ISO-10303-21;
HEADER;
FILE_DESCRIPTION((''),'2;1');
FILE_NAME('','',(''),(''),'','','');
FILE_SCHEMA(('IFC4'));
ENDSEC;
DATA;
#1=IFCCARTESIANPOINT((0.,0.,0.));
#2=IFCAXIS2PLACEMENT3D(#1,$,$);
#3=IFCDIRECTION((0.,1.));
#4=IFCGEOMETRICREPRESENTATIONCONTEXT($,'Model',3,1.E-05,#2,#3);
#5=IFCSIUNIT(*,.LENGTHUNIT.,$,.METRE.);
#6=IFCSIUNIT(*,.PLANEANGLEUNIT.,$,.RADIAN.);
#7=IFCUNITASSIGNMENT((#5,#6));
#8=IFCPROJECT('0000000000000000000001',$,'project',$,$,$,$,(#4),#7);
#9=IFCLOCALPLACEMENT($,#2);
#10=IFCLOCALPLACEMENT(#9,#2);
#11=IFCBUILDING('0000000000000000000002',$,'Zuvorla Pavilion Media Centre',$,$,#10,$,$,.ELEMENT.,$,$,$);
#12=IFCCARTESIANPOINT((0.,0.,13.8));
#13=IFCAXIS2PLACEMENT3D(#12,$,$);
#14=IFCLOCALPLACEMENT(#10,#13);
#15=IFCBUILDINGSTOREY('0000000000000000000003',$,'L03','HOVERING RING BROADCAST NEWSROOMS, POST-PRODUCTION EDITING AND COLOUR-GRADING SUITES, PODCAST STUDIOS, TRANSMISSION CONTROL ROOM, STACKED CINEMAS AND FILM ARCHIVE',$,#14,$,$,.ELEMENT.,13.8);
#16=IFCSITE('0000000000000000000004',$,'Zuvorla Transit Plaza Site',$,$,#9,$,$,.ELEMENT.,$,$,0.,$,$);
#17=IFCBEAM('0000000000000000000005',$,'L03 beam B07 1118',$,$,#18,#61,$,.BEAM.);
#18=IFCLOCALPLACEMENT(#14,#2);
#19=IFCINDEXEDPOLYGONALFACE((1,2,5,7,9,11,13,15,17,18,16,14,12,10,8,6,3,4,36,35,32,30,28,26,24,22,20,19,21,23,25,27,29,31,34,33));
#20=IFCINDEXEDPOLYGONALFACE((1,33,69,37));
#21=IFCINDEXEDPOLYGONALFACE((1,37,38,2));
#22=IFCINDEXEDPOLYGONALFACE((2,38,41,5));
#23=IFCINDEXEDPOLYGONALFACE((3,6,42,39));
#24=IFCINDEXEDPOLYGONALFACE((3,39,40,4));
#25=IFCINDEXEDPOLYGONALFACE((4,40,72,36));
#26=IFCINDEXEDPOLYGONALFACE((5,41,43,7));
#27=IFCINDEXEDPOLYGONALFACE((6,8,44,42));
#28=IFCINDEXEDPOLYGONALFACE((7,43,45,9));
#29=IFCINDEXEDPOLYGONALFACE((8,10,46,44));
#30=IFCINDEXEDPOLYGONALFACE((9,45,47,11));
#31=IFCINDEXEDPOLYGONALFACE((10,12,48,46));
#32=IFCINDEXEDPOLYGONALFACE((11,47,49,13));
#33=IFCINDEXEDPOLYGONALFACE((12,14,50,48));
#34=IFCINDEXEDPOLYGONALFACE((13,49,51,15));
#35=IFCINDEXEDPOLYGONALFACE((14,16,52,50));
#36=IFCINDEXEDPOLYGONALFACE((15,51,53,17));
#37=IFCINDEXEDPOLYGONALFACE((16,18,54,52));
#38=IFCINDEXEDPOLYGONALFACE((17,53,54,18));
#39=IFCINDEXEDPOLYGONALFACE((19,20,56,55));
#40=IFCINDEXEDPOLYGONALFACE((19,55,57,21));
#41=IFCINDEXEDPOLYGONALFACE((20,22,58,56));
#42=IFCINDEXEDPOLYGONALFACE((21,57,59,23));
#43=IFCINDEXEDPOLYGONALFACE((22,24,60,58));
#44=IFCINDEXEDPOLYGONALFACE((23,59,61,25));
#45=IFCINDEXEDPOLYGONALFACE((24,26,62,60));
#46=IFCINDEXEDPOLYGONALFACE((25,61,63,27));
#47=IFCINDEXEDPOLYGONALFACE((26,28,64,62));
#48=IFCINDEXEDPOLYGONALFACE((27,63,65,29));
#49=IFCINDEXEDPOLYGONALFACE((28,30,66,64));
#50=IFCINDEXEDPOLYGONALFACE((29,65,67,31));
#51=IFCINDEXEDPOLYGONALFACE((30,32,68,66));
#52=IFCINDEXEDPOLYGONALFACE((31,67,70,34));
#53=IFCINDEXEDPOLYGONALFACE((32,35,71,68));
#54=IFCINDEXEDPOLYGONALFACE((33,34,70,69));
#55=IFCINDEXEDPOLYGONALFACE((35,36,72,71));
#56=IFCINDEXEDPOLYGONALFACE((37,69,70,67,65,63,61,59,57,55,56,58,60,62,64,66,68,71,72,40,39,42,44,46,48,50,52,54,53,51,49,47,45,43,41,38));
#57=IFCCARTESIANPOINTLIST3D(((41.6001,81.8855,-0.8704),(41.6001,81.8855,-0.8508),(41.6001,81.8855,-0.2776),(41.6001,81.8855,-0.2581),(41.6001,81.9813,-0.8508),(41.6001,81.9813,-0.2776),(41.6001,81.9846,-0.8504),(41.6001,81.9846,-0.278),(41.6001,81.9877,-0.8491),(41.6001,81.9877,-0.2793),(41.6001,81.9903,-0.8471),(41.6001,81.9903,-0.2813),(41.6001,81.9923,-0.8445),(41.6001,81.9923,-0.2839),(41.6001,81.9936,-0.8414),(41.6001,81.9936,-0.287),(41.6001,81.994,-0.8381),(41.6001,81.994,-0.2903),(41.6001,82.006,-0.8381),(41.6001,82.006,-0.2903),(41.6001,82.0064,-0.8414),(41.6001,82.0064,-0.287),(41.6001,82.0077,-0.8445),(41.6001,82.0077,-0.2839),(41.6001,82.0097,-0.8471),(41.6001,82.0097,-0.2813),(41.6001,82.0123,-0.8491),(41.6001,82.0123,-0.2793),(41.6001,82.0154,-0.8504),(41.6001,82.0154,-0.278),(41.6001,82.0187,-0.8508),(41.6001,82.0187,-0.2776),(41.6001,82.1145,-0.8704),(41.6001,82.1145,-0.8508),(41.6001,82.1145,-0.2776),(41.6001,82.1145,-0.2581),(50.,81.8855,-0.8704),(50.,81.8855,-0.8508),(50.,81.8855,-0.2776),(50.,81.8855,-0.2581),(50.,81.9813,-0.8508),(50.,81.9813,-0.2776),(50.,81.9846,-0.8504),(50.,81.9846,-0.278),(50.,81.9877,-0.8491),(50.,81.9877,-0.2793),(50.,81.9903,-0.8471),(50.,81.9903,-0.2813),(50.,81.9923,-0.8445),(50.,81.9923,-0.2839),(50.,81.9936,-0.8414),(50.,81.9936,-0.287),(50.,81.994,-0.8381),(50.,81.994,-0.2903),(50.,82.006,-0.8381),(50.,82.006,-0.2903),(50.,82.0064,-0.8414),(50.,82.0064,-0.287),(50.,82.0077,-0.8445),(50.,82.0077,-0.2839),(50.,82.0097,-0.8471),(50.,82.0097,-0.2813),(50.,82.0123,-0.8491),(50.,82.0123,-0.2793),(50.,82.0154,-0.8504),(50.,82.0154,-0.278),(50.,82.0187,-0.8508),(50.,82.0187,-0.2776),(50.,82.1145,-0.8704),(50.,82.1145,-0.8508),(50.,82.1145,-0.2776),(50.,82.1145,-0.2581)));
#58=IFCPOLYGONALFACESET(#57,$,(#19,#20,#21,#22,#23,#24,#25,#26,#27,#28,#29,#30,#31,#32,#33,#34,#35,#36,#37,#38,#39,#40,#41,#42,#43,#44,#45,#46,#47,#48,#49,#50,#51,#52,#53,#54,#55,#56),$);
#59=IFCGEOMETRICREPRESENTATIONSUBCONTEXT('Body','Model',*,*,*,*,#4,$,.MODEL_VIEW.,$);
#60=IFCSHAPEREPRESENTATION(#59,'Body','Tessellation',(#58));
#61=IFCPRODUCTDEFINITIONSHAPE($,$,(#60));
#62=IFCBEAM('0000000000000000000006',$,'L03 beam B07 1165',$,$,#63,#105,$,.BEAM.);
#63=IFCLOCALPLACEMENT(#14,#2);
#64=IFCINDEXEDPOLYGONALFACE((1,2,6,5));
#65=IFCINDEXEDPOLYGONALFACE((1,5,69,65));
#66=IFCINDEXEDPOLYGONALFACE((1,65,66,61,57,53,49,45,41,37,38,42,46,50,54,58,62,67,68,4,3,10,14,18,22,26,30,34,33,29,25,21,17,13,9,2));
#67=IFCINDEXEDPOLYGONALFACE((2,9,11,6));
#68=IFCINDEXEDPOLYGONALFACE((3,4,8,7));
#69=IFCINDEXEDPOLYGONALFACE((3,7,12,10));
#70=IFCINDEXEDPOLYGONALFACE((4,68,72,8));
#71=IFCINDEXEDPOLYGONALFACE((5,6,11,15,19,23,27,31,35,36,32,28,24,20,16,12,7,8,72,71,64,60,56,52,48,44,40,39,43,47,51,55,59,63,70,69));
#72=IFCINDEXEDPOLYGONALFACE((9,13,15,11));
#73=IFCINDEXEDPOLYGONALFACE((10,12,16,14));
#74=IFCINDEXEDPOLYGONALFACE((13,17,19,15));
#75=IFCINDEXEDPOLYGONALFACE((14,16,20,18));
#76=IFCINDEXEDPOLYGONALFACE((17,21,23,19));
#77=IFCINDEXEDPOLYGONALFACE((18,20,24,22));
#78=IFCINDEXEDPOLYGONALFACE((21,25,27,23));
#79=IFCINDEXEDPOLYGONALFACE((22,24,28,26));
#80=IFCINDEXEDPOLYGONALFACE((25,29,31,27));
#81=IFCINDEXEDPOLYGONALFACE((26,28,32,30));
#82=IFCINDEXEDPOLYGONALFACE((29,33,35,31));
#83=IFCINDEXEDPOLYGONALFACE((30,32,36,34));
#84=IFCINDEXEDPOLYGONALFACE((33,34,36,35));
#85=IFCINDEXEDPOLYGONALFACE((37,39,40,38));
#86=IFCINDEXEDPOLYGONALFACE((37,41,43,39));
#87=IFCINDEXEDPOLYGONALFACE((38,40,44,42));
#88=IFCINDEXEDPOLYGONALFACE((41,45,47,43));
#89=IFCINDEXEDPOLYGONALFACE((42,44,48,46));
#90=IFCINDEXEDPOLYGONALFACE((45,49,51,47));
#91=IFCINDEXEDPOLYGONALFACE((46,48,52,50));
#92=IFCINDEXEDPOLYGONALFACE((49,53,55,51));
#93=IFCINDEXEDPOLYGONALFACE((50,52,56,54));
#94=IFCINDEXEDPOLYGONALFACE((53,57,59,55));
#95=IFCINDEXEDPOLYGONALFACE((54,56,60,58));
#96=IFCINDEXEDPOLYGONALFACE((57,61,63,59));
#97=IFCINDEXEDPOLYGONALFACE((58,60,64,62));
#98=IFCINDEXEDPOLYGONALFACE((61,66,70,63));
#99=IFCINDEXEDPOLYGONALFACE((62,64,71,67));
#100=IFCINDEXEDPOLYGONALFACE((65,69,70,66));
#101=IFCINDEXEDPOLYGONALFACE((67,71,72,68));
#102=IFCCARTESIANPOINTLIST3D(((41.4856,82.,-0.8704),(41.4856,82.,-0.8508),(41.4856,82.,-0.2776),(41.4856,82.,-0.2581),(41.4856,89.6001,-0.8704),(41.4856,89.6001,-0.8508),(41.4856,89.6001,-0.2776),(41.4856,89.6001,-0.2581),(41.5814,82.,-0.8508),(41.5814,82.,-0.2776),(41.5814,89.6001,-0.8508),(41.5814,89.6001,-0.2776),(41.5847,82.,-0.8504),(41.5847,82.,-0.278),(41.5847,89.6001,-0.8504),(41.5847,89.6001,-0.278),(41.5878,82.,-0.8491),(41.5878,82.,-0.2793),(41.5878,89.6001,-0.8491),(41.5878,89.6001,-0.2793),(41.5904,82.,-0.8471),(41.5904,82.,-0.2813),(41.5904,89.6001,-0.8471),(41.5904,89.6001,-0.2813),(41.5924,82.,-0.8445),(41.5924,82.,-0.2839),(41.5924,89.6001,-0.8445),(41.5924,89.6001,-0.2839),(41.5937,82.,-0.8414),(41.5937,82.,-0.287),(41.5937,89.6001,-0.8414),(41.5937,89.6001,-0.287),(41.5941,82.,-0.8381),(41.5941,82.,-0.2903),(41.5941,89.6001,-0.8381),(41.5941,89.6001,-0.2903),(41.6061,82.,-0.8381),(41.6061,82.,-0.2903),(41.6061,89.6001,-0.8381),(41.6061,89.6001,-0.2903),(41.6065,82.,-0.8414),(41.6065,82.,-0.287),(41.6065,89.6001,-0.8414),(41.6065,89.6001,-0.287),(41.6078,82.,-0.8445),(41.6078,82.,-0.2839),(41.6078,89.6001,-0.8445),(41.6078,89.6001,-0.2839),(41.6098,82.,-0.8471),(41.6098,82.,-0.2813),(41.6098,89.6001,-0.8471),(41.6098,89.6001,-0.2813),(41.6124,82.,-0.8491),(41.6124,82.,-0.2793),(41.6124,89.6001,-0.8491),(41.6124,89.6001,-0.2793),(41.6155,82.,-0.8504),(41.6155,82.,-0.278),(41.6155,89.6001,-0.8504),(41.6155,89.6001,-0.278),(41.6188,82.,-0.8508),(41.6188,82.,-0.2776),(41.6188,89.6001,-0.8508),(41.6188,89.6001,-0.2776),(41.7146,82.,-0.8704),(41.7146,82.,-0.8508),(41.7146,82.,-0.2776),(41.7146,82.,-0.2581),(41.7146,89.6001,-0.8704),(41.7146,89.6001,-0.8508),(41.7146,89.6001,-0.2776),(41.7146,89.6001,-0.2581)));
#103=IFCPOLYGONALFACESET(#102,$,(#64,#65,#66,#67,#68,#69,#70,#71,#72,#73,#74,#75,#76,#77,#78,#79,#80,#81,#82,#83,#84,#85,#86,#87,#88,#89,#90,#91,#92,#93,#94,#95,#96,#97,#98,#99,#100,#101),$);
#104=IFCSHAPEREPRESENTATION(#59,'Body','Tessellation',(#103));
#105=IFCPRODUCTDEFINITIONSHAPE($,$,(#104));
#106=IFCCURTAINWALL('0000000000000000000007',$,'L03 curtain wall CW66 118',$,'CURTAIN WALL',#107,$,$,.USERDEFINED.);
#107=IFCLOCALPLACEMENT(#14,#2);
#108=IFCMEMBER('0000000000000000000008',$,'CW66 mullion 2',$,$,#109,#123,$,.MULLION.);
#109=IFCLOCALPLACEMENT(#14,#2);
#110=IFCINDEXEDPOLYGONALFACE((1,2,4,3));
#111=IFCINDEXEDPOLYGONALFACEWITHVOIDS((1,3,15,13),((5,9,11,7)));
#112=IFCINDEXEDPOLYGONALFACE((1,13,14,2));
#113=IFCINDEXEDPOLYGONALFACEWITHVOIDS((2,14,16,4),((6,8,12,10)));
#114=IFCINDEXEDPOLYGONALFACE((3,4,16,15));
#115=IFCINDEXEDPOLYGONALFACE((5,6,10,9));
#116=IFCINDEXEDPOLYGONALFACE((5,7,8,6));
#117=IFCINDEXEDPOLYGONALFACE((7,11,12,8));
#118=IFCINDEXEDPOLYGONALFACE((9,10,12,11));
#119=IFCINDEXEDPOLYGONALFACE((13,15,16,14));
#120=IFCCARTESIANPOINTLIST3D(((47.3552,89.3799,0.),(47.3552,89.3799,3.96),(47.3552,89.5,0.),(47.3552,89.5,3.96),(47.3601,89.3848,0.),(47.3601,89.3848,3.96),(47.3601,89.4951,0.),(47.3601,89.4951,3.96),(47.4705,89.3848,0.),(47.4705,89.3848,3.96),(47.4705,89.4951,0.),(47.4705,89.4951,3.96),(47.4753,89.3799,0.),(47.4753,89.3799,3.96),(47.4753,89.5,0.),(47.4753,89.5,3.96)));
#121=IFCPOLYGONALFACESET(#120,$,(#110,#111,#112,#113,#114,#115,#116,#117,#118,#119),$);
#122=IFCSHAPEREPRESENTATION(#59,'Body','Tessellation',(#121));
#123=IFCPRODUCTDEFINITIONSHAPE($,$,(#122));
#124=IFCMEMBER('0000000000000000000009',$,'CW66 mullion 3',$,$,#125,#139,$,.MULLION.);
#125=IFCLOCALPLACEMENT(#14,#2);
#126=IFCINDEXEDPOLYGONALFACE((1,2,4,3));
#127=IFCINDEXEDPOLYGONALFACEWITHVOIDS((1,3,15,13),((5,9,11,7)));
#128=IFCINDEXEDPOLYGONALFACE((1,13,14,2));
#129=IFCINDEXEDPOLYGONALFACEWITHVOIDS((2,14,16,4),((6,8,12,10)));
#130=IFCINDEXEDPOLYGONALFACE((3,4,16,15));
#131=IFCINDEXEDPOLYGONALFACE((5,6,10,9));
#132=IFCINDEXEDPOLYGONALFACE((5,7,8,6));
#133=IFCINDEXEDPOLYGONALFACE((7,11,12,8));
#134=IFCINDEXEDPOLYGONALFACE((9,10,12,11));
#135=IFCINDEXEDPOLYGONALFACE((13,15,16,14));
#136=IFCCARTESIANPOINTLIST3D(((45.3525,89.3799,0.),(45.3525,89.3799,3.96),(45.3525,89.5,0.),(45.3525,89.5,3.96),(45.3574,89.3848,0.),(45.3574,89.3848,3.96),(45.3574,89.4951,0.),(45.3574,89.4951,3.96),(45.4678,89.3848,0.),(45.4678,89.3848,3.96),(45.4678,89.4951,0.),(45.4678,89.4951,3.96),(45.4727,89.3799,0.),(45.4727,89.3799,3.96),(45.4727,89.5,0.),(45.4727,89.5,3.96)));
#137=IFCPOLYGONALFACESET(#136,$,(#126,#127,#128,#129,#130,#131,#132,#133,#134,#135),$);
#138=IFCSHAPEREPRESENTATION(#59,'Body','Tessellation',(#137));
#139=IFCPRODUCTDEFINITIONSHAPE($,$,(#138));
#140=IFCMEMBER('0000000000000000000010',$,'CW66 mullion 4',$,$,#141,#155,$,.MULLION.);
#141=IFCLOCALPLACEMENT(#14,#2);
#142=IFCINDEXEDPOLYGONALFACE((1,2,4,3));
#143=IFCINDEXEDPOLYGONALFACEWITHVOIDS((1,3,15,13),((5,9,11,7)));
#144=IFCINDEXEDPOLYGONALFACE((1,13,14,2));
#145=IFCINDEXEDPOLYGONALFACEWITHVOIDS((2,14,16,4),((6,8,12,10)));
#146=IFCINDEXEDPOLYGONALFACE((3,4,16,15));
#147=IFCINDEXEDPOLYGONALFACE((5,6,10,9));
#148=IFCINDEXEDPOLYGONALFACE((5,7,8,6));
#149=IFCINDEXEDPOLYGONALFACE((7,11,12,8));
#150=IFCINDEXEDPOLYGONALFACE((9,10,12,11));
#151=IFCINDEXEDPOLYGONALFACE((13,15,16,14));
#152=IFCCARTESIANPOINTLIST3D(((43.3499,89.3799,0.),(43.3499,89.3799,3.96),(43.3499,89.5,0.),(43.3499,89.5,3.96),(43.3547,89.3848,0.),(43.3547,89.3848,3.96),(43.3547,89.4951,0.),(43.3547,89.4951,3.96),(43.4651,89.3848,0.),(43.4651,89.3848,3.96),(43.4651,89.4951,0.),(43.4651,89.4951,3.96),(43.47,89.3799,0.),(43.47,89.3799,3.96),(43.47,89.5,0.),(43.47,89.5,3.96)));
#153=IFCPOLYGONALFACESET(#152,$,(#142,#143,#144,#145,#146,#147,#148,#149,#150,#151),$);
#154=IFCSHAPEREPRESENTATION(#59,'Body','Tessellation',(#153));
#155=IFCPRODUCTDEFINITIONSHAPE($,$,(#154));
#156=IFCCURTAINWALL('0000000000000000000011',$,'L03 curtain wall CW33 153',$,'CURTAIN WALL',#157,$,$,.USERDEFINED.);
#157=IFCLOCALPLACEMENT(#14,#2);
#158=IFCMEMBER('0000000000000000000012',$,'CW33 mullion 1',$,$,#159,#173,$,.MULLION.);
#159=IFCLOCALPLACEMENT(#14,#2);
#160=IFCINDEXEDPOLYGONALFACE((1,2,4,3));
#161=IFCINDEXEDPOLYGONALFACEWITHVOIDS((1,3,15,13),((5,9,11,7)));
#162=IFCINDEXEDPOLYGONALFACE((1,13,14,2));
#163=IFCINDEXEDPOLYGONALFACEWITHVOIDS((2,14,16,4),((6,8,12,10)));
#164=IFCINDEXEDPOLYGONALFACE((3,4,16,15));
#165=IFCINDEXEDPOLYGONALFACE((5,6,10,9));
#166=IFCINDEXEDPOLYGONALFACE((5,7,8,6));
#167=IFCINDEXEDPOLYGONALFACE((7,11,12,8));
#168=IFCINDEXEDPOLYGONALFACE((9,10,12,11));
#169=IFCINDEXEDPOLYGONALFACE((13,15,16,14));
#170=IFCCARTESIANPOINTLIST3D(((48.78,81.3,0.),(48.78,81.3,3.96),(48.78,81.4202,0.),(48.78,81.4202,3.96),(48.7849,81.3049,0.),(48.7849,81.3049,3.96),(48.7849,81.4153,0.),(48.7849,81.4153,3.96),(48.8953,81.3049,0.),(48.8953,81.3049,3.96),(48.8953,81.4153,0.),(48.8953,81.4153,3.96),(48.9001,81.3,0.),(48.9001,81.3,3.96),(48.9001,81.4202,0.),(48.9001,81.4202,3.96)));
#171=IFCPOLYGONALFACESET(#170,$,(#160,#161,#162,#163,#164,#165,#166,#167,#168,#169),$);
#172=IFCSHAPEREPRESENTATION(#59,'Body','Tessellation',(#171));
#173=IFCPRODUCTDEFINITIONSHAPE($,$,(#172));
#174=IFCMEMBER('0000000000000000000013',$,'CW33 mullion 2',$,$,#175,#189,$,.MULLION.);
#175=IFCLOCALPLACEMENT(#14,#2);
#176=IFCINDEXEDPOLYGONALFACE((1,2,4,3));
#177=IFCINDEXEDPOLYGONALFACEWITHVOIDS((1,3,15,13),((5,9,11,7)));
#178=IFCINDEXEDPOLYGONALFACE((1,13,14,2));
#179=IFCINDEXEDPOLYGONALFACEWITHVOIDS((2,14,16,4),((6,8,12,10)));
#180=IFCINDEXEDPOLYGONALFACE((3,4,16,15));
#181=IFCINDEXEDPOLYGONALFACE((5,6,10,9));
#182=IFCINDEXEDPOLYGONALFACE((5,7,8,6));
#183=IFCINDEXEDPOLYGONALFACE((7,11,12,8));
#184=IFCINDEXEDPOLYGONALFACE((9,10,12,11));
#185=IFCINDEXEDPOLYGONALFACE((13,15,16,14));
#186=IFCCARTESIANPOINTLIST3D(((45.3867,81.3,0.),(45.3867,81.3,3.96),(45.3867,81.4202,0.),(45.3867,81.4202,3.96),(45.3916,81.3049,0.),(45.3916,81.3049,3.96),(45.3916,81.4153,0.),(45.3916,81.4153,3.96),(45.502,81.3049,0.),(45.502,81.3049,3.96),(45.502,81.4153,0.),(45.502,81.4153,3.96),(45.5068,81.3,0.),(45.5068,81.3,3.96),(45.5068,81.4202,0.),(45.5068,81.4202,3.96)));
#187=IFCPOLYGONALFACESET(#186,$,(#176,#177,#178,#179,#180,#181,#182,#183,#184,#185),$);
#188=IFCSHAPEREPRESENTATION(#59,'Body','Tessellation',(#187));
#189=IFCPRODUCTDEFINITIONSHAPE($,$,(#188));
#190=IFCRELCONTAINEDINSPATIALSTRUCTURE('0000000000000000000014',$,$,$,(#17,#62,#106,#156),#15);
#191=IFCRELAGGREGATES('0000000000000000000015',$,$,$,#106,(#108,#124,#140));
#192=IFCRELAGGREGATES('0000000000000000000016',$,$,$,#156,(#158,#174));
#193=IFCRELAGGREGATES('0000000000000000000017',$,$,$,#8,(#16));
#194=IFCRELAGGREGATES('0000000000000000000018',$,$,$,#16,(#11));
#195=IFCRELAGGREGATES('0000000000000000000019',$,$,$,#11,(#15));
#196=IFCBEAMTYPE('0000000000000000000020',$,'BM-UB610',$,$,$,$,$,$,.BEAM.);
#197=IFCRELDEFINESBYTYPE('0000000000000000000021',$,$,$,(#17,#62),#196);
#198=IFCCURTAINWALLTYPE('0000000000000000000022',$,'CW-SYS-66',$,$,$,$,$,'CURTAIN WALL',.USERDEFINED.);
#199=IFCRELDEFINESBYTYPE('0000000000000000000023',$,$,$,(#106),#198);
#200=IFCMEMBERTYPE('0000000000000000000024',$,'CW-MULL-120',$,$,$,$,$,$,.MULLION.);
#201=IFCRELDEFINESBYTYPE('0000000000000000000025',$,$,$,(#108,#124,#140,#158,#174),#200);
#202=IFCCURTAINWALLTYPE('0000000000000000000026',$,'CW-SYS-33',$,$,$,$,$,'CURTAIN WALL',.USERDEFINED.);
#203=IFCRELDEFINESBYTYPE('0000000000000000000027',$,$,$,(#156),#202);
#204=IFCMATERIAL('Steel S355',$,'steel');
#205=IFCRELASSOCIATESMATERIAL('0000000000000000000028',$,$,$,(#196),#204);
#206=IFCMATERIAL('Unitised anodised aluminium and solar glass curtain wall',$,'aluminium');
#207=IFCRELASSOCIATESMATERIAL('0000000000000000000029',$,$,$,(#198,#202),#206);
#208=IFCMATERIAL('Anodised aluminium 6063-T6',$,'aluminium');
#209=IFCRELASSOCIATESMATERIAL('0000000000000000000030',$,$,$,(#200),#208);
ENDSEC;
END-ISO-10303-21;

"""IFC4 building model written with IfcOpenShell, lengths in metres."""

from ifc_helpers import new_model, si_unit, direction, frame, origin, origin_2d, place, context, subcontext, project, spatial, hollow_rectangle, i_section, extrude, material, material_profile, profile_set, type_object, element, aggregate, save


model = new_model("IFC4")

# Units and contexts
model_context = context("Model", 3, precision=1e-05, world=origin(), true_north=direction((0.0, 1.0)))
body_context = subcontext(model_context, "Body", "Model", "MODEL_VIEW")
ifc_project = project(units=[si_unit("LENGTHUNIT", "METRE"), si_unit("PLANEANGLEUNIT", "RADIAN")], contexts=[model_context])

# Site, building, storey
site_placement = place(None, origin())
site = spatial("IfcSite", under=ifc_project, at=site_placement, Name="Zuvorla Transit Plaza Site", CompositionType="ELEMENT", RefElevation=0.0)
building_placement = place(site_placement, origin())
building = spatial("IfcBuilding", under=site, at=building_placement, Name="Zuvorla Pavilion Media Centre", CompositionType="ELEMENT")
storey_placement = place(building_placement, frame((0.0, 0.0, 13.8)))
storey = spatial("IfcBuildingStorey", under=building, at=storey_placement, Name="L03", Description="HOVERING RING BROADCAST NEWSROOMS, POST-PRODUCTION EDITING AND COLOUR-GRADING SUITES, PODCAST STUDIOS, TRANSMISSION CONTROL ROOM, STACKED CINEMAS AND FILM ARCHIVE", CompositionType="ELEMENT", Elevation=13.8)

# Shared definitions
ifc_material_1 = material(Name="Steel S355", Category="steel")

# Beams
ifc_material_profile_1 = material_profile(ifc_material_1, i_section(OverallWidth=0.229, OverallDepth=0.6123, WebThickness=0.012, FlangeThickness=0.0195, FilletRadius=0.0127, at=origin_2d()), Name="UB 610x229x125")
ifc_profile_set_1 = profile_set([ifc_material_profile_1], Name="Steel S355")
beam_type_1 = type_object("IfcBeamType", Name="BM-UB610", PredefinedType="BEAM", material=ifc_profile_set_1)
beam_1_placement = place(storey_placement, frame((41.6001, 82.0, -0.5642), z_axis=(1.0, 0.0, 0.0), x_axis=(0.0, 1.0, 0.0)))
element("IfcBeam", 1, at=beam_1_placement, inside=storey, type_object=beam_type_1, Name="L03 beam B07 1118", PredefinedType="BEAM", context=body_context, shape_type="SweptSolid", body=[
    extrude(i_section(OverallWidth=0.229, OverallDepth=0.6123, WebThickness=0.012, FlangeThickness=0.0195, FilletRadius=0.0127, at=origin_2d()), origin(), (0.0, 0.0, 1.0), 8.3999),
])
beam_2_placement = place(storey_placement, frame((41.6001, 82.0, -0.5642), z_axis=(0.0, 1.0, 0.0), x_axis=(-1.0, 0.0, 0.0)))
element("IfcBeam", 2, at=beam_2_placement, inside=storey, type_object=beam_type_1, Name="L03 beam B07 1165", PredefinedType="BEAM", context=body_context, shape_type="SweptSolid", body=[
    extrude(i_section(OverallWidth=0.229, OverallDepth=0.6123, WebThickness=0.012, FlangeThickness=0.0195, FilletRadius=0.0127, at=origin_2d()), origin(), (0.0, 0.0, 1.0), 7.6001),
])

# Curtain walls, members
ifc_material_2 = material(Name="Unitised anodised aluminium and solar glass curtain wall", Category="aluminium")
curtain_wall_type_1 = type_object("IfcCurtainWallType", Name="CW-SYS-66", ElementType="CURTAIN WALL", PredefinedType="USERDEFINED", material=ifc_material_2)
curtain_wall_1_placement = place(storey_placement, origin())
curtain_wall_1 = element("IfcCurtainWall", 3, at=curtain_wall_1_placement, inside=storey, type_object=curtain_wall_type_1, Name="L03 curtain wall CW66 118", ObjectType="CURTAIN WALL", PredefinedType="USERDEFINED")
ifc_material_3 = material(Name="Anodised aluminium 6063-T6", Category="aluminium")
ifc_material_profile_2 = material_profile(ifc_material_3, hollow_rectangle(XDim=0.1201, YDim=0.1201, WallThickness=0.0049, at=origin_2d()), Name="ALU MULL 120x120")
ifc_profile_set_2 = profile_set([ifc_material_profile_2], Name="Anodised aluminium 6063-T6")
member_type_1 = type_object("IfcMemberType", Name="CW-MULL-120", PredefinedType="MULLION", material=ifc_profile_set_2)
member_1_placement = place(storey_placement, frame((47.4153, 89.4399, 0.0), z_axis=(0.0, 0.0, 1.0), x_axis=(1.0, 0.0, 0.0)))
member_1 = element("IfcMember", 4, at=member_1_placement, type_object=member_type_1, Name="CW66 mullion 2", PredefinedType="MULLION", context=body_context, shape_type="SweptSolid", body=[
    extrude(hollow_rectangle(XDim=0.1201, YDim=0.1201, WallThickness=0.0049, at=origin_2d()), origin(), (0.0, 0.0, 1.0), 3.96),
])
member_2_placement = place(storey_placement, frame((45.4126, 89.4399, 0.0), z_axis=(0.0, 0.0, 1.0), x_axis=(1.0, 0.0, 0.0)))
member_2 = element("IfcMember", 5, at=member_2_placement, type_object=member_type_1, Name="CW66 mullion 3", PredefinedType="MULLION", context=body_context, shape_type="SweptSolid", body=[
    extrude(hollow_rectangle(XDim=0.1201, YDim=0.1201, WallThickness=0.0049, at=origin_2d()), origin(), (0.0, 0.0, 1.0), 3.96),
])
member_3_placement = place(storey_placement, frame((43.4099, 89.4399, 0.0), z_axis=(0.0, 0.0, 1.0), x_axis=(1.0, 0.0, 0.0)))
member_3 = element("IfcMember", 6, at=member_3_placement, type_object=member_type_1, Name="CW66 mullion 4", PredefinedType="MULLION", context=body_context, shape_type="SweptSolid", body=[
    extrude(hollow_rectangle(XDim=0.1201, YDim=0.1201, WallThickness=0.0049, at=origin_2d()), origin(), (0.0, 0.0, 1.0), 3.96),
])
curtain_wall_type_2 = type_object("IfcCurtainWallType", Name="CW-SYS-33", ElementType="CURTAIN WALL", PredefinedType="USERDEFINED", material=ifc_material_2)
curtain_wall_2_placement = place(storey_placement, origin())
curtain_wall_2 = element("IfcCurtainWall", 7, at=curtain_wall_2_placement, inside=storey, type_object=curtain_wall_type_2, Name="L03 curtain wall CW33 153", ObjectType="CURTAIN WALL", PredefinedType="USERDEFINED")
member_4_placement = place(storey_placement, frame((48.8401, 81.3601, 0.0), z_axis=(0.0, 0.0, 1.0), x_axis=(1.0, 0.0, 0.0)))
member_4 = element("IfcMember", 8, at=member_4_placement, type_object=member_type_1, Name="CW33 mullion 1", PredefinedType="MULLION", context=body_context, shape_type="SweptSolid", body=[
    extrude(hollow_rectangle(XDim=0.1201, YDim=0.1201, WallThickness=0.0049, at=origin_2d()), origin(), (0.0, 0.0, 1.0), 3.96),
])
member_5_placement = place(storey_placement, frame((45.4468, 81.3601, 0.0), z_axis=(0.0, 0.0, 1.0), x_axis=(1.0, 0.0, 0.0)))
member_5 = element("IfcMember", 9, at=member_5_placement, type_object=member_type_1, Name="CW33 mullion 2", PredefinedType="MULLION", context=body_context, shape_type="SweptSolid", body=[
    extrude(hollow_rectangle(XDim=0.1201, YDim=0.1201, WallThickness=0.0049, at=origin_2d()), origin(), (0.0, 0.0, 1.0), 3.96),
])

aggregate(curtain_wall_1, [member_1, member_2, member_3])
aggregate(curtain_wall_2, [member_4, member_5])

save(model, "model.ifc")
